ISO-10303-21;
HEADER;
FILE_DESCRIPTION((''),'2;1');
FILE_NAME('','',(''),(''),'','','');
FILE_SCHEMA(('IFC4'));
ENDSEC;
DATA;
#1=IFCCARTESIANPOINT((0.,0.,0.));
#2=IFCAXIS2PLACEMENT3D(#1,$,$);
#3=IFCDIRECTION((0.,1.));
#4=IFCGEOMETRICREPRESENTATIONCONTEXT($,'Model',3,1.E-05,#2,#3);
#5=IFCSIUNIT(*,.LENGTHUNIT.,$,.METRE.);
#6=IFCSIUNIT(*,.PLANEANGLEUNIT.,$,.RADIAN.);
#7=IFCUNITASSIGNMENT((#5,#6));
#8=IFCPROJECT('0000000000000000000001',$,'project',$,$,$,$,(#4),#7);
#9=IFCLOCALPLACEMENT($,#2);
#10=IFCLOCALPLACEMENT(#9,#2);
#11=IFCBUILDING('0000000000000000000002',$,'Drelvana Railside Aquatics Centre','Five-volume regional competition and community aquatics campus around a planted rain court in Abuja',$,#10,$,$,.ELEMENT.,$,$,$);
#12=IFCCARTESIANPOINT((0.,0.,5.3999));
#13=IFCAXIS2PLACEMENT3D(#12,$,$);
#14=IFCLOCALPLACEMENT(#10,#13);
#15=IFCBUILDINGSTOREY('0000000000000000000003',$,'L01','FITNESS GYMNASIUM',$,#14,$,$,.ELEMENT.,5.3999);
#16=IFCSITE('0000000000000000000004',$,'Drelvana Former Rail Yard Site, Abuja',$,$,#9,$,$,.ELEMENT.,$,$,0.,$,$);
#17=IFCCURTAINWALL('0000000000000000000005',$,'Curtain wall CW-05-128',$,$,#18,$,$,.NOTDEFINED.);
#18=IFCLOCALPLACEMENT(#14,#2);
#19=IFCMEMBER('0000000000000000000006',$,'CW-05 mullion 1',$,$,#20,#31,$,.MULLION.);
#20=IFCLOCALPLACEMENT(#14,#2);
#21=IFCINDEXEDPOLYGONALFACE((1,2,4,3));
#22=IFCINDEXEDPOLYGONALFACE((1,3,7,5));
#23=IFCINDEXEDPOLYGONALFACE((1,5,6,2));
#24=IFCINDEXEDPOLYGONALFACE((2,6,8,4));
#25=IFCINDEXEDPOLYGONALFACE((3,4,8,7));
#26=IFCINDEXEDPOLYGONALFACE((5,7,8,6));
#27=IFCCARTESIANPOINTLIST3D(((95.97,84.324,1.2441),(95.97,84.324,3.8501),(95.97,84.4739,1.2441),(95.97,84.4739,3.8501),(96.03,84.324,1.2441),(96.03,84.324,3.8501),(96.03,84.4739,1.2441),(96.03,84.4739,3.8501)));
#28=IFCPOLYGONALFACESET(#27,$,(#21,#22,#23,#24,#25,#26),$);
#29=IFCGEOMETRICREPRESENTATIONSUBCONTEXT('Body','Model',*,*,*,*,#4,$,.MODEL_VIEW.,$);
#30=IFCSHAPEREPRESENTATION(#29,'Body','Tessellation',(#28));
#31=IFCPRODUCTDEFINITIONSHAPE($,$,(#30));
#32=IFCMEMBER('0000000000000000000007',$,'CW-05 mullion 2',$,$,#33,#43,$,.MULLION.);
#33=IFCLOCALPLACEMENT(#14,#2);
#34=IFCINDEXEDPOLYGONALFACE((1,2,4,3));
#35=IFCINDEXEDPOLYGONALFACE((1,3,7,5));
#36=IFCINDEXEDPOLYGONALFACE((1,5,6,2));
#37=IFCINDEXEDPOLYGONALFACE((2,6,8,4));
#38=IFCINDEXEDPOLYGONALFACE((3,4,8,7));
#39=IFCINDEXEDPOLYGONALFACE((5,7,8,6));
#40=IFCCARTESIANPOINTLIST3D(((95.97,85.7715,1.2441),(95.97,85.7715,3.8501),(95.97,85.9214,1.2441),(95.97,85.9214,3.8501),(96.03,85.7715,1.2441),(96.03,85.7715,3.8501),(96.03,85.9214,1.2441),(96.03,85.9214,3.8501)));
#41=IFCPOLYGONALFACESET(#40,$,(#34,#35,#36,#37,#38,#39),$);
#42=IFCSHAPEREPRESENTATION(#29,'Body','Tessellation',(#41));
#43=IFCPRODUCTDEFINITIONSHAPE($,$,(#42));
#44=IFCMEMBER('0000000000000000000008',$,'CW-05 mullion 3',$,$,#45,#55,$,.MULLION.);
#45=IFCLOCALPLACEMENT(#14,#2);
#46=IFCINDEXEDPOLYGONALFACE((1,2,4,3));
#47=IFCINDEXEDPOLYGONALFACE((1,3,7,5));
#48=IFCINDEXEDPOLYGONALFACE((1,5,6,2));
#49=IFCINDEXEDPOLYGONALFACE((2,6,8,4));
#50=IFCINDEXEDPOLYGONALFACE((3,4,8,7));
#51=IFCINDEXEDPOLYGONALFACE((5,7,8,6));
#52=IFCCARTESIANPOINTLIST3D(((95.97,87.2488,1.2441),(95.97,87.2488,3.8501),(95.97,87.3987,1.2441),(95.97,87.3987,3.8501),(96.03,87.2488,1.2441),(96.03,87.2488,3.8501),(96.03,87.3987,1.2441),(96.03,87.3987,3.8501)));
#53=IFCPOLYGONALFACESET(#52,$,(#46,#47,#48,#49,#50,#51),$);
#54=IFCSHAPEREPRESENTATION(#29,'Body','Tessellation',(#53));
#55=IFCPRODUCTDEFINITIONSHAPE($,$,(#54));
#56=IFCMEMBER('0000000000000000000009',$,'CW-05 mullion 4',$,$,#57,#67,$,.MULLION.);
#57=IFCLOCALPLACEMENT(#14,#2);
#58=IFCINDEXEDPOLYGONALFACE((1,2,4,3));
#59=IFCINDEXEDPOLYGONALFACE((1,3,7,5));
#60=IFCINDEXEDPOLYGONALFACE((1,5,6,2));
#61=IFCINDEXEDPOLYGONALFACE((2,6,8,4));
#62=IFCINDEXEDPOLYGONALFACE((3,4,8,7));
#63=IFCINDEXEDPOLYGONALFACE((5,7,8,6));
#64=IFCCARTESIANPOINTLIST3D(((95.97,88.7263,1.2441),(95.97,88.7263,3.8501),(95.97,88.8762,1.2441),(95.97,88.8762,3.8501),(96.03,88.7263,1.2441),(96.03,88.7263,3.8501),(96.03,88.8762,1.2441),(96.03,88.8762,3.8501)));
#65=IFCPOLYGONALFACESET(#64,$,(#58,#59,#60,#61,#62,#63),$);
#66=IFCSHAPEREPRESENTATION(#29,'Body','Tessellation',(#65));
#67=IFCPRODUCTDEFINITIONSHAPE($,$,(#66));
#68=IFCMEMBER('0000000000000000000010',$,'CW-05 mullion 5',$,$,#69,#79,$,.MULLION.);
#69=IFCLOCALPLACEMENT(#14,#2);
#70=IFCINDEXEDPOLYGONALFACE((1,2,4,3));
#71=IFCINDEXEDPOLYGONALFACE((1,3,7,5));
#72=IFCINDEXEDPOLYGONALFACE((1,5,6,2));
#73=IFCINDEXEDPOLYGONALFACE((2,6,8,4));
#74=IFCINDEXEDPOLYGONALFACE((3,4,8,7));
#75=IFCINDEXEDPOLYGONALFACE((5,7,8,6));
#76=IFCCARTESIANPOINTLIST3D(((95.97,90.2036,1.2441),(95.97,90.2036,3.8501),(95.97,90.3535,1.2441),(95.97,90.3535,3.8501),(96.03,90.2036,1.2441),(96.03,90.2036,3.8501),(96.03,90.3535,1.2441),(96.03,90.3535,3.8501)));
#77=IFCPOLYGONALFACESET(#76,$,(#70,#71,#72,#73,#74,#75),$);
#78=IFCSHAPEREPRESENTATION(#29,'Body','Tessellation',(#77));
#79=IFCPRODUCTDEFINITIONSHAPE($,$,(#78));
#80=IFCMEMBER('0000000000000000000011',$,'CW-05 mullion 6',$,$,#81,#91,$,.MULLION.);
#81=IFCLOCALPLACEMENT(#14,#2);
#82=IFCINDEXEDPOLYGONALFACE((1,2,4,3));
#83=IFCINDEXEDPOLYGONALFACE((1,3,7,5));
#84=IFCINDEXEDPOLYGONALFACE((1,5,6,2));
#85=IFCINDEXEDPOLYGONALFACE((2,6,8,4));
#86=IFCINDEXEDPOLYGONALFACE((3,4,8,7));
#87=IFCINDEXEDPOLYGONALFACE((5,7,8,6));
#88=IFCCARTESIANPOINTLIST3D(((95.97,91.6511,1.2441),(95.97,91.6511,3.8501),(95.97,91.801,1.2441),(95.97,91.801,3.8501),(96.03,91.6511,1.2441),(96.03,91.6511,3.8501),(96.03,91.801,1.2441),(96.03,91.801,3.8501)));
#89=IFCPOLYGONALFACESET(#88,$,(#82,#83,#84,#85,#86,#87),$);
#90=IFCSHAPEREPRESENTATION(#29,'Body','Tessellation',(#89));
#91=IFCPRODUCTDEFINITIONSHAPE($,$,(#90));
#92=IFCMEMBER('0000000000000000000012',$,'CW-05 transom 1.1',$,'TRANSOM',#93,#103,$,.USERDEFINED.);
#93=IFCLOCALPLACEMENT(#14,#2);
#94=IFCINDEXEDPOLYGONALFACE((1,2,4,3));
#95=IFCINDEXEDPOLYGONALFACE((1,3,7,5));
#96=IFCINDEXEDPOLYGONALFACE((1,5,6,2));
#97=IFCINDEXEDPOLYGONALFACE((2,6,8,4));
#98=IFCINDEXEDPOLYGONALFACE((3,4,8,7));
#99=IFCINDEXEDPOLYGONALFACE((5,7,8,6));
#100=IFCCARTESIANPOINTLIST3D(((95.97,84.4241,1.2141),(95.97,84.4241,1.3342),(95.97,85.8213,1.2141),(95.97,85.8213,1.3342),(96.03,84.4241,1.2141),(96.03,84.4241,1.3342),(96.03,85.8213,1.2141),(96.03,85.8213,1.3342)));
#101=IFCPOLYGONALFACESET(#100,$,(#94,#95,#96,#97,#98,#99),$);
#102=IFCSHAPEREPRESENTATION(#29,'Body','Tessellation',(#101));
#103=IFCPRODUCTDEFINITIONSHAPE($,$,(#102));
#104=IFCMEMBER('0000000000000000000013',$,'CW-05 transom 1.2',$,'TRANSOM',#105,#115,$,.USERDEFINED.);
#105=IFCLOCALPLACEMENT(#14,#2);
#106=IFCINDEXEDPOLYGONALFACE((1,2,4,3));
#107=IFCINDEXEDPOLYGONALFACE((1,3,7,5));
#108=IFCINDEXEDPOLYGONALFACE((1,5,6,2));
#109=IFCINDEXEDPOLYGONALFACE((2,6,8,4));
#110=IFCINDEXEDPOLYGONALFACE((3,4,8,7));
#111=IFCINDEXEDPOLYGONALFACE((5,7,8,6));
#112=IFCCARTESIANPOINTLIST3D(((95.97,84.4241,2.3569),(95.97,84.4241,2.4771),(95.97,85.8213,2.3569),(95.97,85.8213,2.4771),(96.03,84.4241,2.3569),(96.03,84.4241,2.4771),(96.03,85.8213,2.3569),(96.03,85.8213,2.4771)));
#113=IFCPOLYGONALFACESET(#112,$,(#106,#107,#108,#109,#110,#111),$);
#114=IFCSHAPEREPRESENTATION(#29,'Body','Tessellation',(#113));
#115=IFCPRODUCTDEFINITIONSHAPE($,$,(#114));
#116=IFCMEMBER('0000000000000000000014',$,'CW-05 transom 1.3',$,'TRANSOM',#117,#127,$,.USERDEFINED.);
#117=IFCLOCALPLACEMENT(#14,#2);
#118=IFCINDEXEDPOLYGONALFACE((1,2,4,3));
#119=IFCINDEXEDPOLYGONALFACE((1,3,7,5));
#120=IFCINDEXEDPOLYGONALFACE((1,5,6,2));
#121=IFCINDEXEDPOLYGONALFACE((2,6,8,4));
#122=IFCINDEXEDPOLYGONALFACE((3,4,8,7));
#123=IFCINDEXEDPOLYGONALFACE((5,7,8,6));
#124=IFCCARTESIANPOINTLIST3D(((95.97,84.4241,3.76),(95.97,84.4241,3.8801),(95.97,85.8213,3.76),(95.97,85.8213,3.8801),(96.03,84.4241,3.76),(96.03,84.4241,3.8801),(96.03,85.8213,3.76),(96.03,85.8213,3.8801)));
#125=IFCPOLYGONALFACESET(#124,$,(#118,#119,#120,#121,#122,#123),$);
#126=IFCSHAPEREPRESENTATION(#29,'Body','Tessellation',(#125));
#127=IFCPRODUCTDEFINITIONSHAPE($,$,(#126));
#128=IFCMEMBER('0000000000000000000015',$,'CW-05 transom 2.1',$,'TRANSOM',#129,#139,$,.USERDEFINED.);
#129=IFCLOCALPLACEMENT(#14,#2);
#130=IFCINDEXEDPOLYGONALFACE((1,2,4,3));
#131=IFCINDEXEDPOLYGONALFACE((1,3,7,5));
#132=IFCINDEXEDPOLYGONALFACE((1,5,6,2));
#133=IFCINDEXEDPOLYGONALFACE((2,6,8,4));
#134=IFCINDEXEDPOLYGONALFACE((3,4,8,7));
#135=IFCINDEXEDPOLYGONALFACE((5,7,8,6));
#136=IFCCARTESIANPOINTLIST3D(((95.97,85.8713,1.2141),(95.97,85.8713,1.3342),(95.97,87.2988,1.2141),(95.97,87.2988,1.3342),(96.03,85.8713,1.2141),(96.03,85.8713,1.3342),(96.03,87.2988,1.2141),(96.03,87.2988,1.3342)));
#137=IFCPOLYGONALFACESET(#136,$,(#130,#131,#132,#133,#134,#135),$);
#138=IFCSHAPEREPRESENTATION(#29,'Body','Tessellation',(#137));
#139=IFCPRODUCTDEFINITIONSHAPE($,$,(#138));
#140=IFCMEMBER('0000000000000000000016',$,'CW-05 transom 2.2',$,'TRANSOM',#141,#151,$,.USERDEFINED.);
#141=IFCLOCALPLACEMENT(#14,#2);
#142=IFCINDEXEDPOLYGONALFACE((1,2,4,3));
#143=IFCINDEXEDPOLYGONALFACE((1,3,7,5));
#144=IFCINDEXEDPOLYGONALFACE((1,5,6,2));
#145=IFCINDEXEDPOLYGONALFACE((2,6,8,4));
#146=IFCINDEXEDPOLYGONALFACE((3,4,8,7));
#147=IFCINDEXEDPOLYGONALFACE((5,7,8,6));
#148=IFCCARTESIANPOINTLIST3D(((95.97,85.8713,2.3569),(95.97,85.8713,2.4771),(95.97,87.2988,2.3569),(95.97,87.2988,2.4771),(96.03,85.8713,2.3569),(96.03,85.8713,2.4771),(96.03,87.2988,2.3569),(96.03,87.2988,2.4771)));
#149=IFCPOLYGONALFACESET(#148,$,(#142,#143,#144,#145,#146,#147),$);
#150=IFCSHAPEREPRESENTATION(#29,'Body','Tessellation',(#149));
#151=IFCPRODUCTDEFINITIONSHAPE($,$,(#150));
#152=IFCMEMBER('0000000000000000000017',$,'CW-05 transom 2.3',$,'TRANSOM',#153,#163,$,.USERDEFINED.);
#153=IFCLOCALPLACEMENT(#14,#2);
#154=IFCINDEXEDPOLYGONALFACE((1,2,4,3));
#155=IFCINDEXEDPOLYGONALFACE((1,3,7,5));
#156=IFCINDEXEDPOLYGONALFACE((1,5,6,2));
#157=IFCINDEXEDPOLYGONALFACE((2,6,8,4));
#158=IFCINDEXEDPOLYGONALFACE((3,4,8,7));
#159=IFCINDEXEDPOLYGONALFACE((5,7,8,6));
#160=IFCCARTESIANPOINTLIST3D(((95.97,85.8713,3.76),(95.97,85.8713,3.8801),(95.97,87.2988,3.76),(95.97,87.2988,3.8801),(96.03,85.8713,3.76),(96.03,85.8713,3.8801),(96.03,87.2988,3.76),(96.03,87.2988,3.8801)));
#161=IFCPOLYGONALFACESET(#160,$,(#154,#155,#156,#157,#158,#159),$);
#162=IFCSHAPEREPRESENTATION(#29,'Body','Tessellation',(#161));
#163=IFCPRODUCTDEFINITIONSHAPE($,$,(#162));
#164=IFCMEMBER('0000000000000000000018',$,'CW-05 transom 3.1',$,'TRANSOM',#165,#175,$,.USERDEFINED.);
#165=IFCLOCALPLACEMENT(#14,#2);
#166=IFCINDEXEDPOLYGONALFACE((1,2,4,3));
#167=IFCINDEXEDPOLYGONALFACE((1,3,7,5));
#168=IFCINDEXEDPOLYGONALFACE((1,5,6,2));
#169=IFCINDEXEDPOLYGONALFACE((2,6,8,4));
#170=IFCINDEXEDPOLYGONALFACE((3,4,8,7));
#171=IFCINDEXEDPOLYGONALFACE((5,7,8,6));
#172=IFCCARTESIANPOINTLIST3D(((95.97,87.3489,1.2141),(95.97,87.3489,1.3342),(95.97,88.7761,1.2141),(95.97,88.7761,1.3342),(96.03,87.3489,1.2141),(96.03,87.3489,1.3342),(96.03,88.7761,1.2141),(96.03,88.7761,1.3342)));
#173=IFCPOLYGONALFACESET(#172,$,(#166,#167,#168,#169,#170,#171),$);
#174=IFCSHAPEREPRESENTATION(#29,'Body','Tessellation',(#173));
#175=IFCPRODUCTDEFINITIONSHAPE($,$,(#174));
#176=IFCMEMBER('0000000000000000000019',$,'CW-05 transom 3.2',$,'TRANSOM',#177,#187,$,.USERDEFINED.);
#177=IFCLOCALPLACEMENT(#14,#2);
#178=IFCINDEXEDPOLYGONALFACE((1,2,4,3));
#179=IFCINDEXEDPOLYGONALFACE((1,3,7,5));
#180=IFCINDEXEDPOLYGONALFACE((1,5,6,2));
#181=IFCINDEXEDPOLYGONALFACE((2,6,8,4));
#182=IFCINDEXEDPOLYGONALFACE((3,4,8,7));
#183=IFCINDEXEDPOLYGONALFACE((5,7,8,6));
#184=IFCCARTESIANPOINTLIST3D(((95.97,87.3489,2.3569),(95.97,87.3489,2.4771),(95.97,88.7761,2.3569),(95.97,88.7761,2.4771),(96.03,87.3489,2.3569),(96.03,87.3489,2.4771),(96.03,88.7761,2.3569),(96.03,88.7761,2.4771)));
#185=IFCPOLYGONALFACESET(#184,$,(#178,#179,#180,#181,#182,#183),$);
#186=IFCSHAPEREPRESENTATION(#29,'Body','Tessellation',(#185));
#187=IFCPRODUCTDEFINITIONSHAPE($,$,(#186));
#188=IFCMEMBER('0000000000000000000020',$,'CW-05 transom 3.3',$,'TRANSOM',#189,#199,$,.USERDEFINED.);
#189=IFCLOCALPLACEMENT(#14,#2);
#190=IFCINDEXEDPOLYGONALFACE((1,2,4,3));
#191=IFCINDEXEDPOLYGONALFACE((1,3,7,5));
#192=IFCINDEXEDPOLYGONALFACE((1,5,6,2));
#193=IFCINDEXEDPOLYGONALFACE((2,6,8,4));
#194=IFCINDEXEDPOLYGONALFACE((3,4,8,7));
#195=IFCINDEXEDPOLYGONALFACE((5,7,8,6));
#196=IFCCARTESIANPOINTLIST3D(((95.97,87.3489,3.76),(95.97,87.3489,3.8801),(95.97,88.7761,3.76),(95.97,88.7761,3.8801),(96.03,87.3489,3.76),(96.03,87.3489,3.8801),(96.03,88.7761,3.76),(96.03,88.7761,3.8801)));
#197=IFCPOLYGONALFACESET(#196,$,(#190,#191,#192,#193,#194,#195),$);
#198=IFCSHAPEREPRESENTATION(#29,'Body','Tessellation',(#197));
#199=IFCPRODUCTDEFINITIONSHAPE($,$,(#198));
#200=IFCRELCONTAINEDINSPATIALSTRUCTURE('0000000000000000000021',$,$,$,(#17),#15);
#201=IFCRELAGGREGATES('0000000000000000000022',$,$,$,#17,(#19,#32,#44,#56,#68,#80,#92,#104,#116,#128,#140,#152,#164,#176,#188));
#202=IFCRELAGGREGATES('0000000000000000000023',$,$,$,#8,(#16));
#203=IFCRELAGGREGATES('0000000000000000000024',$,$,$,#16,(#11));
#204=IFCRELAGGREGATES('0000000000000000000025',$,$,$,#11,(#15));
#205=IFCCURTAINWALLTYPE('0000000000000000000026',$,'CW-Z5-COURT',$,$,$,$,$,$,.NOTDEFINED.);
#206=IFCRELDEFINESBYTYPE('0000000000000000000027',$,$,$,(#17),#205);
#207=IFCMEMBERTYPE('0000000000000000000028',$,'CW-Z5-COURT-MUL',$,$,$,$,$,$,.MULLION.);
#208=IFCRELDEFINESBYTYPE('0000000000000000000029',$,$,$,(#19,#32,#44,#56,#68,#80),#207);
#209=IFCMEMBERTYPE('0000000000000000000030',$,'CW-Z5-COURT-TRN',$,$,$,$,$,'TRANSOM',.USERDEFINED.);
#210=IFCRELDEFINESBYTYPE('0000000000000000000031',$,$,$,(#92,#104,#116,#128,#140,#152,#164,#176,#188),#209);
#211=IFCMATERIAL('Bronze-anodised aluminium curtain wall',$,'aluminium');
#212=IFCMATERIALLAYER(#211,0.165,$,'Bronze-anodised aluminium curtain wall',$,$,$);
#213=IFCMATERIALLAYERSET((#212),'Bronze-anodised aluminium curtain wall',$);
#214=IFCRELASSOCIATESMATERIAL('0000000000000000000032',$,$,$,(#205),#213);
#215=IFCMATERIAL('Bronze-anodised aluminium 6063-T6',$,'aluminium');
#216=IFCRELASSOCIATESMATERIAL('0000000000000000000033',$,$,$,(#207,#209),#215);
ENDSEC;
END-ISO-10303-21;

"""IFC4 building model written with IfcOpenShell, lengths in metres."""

from ifc_helpers import new_model, si_unit, direction, frame, origin, origin_2d, place, context, subcontext, project, spatial, rectangle, extrude, material, layer, layer_set, material_profile, profile_set, type_object, element, aggregate, save


model = new_model("IFC4")

# Units and contexts
model_context = context("Model", 3, precision=1e-05, world=origin(), true_north=direction((0.0, 1.0)))
body_context = subcontext(model_context, "Body", "Model", "MODEL_VIEW")
ifc_project = project(units=[si_unit("LENGTHUNIT", "METRE"), si_unit("PLANEANGLEUNIT", "RADIAN")], contexts=[model_context])

# Site, building, storey
site_placement = place(None, origin())
site = spatial("IfcSite", under=ifc_project, at=site_placement, Name="Drelvana Former Rail Yard Site, Abuja", CompositionType="ELEMENT", RefElevation=0.0)
building_placement = place(site_placement, origin())
building = spatial("IfcBuilding", under=site, at=building_placement, Name="Drelvana Railside Aquatics Centre", Description="Five-volume regional competition and community aquatics campus around a planted rain court in Abuja", CompositionType="ELEMENT")
storey_placement = place(building_placement, frame((0.0, 0.0, 5.3999)))
storey = spatial("IfcBuildingStorey", under=building, at=storey_placement, Name="L01", Description="FITNESS GYMNASIUM", CompositionType="ELEMENT", Elevation=5.3999)

# Curtain wall, members
ifc_material_1 = material(Name="Bronze-anodised aluminium curtain wall", Category="aluminium")
ifc_layer_1 = layer(ifc_material_1, 0.165, Name="Bronze-anodised aluminium curtain wall")
ifc_layer_set_1 = layer_set([ifc_layer_1], Name="Bronze-anodised aluminium curtain wall")
curtain_wall_type = type_object("IfcCurtainWallType", Name="CW-Z5-COURT", PredefinedType="NOTDEFINED", material=ifc_layer_set_1)
curtain_wall_1_placement = place(storey_placement, origin())
curtain_wall_1 = element("IfcCurtainWall", 1, at=curtain_wall_1_placement, inside=storey, type_object=curtain_wall_type, Name="Curtain wall CW-05-128", PredefinedType="NOTDEFINED")
ifc_material_2 = material(Name="Bronze-anodised aluminium 6063-T6", Category="aluminium")
ifc_material_profile_1 = material_profile(ifc_material_2, rectangle(XDim=0.0601, YDim=0.1499, at=origin_2d()), Name="ALU-M 60x150")
ifc_profile_set_1 = profile_set([ifc_material_profile_1], Name="Bronze-anodised aluminium 6063-T6")
member_type_1 = type_object("IfcMemberType", Name="CW-Z5-COURT-MUL", PredefinedType="MULLION", material=ifc_profile_set_1)
member_1_placement = place(storey_placement, frame((96.0, 84.3989, 1.2441), z_axis=(0.0, 0.0, 1.0), x_axis=(-1.0, 0.0, 0.0)))
member_1 = element("IfcMember", 2, at=member_1_placement, type_object=member_type_1, Name="CW-05 mullion 1", PredefinedType="MULLION", context=body_context, shape_type="SweptSolid", body=[
    extrude(rectangle(XDim=0.0601, YDim=0.1499, at=origin_2d()), origin(), (0.0, 0.0, 1.0), 2.606),
])
member_2_placement = place(storey_placement, frame((96.0, 85.8464, 1.2441), z_axis=(0.0, 0.0, 1.0), x_axis=(-1.0, 0.0, 0.0)))
member_2 = element("IfcMember", 3, at=member_2_placement, type_object=member_type_1, Name="CW-05 mullion 2", PredefinedType="MULLION", context=body_context, shape_type="SweptSolid", body=[
    extrude(rectangle(XDim=0.0601, YDim=0.1499, at=origin_2d()), origin(), (0.0, 0.0, 1.0), 2.606),
])
member_3_placement = place(storey_placement, frame((96.0, 87.3237, 1.2441), z_axis=(0.0, 0.0, 1.0), x_axis=(-1.0, 0.0, 0.0)))
member_3 = element("IfcMember", 4, at=member_3_placement, type_object=member_type_1, Name="CW-05 mullion 3", PredefinedType="MULLION", context=body_context, shape_type="SweptSolid", body=[
    extrude(rectangle(XDim=0.0601, YDim=0.1499, at=origin_2d()), origin(), (0.0, 0.0, 1.0), 2.606),
])
member_4_placement = place(storey_placement, frame((96.0, 88.8013, 1.2441), z_axis=(0.0, 0.0, 1.0), x_axis=(-1.0, 0.0, 0.0)))
member_4 = element("IfcMember", 5, at=member_4_placement, type_object=member_type_1, Name="CW-05 mullion 4", PredefinedType="MULLION", context=body_context, shape_type="SweptSolid", body=[
    extrude(rectangle(XDim=0.0601, YDim=0.1499, at=origin_2d()), origin(), (0.0, 0.0, 1.0), 2.606),
])
member_5_placement = place(storey_placement, frame((96.0, 90.2786, 1.2441), z_axis=(0.0, 0.0, 1.0), x_axis=(-1.0, 0.0, 0.0)))
member_5 = element("IfcMember", 6, at=member_5_placement, type_object=member_type_1, Name="CW-05 mullion 5", PredefinedType="MULLION", context=body_context, shape_type="SweptSolid", body=[
    extrude(rectangle(XDim=0.0601, YDim=0.1499, at=origin_2d()), origin(), (0.0, 0.0, 1.0), 2.606),
])
member_6_placement = place(storey_placement, frame((96.0, 91.7261, 1.2441), z_axis=(0.0, 0.0, 1.0), x_axis=(-1.0, 0.0, 0.0)))
member_6 = element("IfcMember", 7, at=member_6_placement, type_object=member_type_1, Name="CW-05 mullion 6", PredefinedType="MULLION", context=body_context, shape_type="SweptSolid", body=[
    extrude(rectangle(XDim=0.0601, YDim=0.1499, at=origin_2d()), origin(), (0.0, 0.0, 1.0), 2.606),
])
ifc_material_profile_2 = material_profile(ifc_material_2, rectangle(XDim=0.1201, YDim=0.0601, at=origin_2d()), Name="ALU-T 60x120")
ifc_profile_set_2 = profile_set([ifc_material_profile_2], Name="Bronze-anodised aluminium 6063-T6")
member_type_2 = type_object("IfcMemberType", Name="CW-Z5-COURT-TRN", ElementType="TRANSOM", PredefinedType="USERDEFINED", material=ifc_profile_set_2)
member_7_placement = place(storey_placement, frame((96.0, 84.4241, 1.2742), z_axis=(0.0, 1.0, 0.0), x_axis=(0.0, 0.0, 1.0)))
member_7 = element("IfcMember", 8, at=member_7_placement, type_object=member_type_2, Name="CW-05 transom 1.1", ObjectType="TRANSOM", PredefinedType="USERDEFINED", context=body_context, shape_type="SweptSolid", body=[
    extrude(rectangle(XDim=0.1201, YDim=0.0601, at=origin_2d()), origin(), (0.0, 0.0, 1.0), 1.3972),
])
member_8_placement = place(storey_placement, frame((96.0, 84.4241, 2.417), z_axis=(0.0, 1.0, 0.0), x_axis=(0.0, 0.0, 1.0)))
member_8 = element("IfcMember", 9, at=member_8_placement, type_object=member_type_2, Name="CW-05 transom 1.2", ObjectType="TRANSOM", PredefinedType="USERDEFINED", context=body_context, shape_type="SweptSolid", body=[
    extrude(rectangle(XDim=0.1201, YDim=0.0601, at=origin_2d()), origin(), (0.0, 0.0, 1.0), 1.3972),
])
member_9_placement = place(storey_placement, frame((96.0, 84.4241, 3.8201), z_axis=(0.0, 1.0, 0.0), x_axis=(0.0, 0.0, 1.0)))
member_9 = element("IfcMember", 10, at=member_9_placement, type_object=member_type_2, Name="CW-05 transom 1.3", ObjectType="TRANSOM", PredefinedType="USERDEFINED", context=body_context, shape_type="SweptSolid", body=[
    extrude(rectangle(XDim=0.1201, YDim=0.0601, at=origin_2d()), origin(), (0.0, 0.0, 1.0), 1.3972),
])
member_10_placement = place(storey_placement, frame((96.0, 85.8713, 1.2742), z_axis=(0.0, 1.0, 0.0), x_axis=(0.0, 0.0, 1.0)))
member_10 = element("IfcMember", 11, at=member_10_placement, type_object=member_type_2, Name="CW-05 transom 2.1", ObjectType="TRANSOM", PredefinedType="USERDEFINED", context=body_context, shape_type="SweptSolid", body=[
    extrude(rectangle(XDim=0.1201, YDim=0.0601, at=origin_2d()), origin(), (0.0, 0.0, 1.0), 1.4275),
])
member_11_placement = place(storey_placement, frame((96.0, 85.8713, 2.417), z_axis=(0.0, 1.0, 0.0), x_axis=(0.0, 0.0, 1.0)))
member_11 = element("IfcMember", 12, at=member_11_placement, type_object=member_type_2, Name="CW-05 transom 2.2", ObjectType="TRANSOM", PredefinedType="USERDEFINED", context=body_context, shape_type="SweptSolid", body=[
    extrude(rectangle(XDim=0.1201, YDim=0.0601, at=origin_2d()), origin(), (0.0, 0.0, 1.0), 1.4275),
])
member_12_placement = place(storey_placement, frame((96.0, 85.8713, 3.8201), z_axis=(0.0, 1.0, 0.0), x_axis=(0.0, 0.0, 1.0)))
member_12 = element("IfcMember", 13, at=member_12_placement, type_object=member_type_2, Name="CW-05 transom 2.3", ObjectType="TRANSOM", PredefinedType="USERDEFINED", context=body_context, shape_type="SweptSolid", body=[
    extrude(rectangle(XDim=0.1201, YDim=0.0601, at=origin_2d()), origin(), (0.0, 0.0, 1.0), 1.4275),
])
member_13_placement = place(storey_placement, frame((96.0, 87.3489, 1.2742), z_axis=(0.0, 1.0, 0.0), x_axis=(0.0, 0.0, 1.0)))
member_13 = element("IfcMember", 14, at=member_13_placement, type_object=member_type_2, Name="CW-05 transom 3.1", ObjectType="TRANSOM", PredefinedType="USERDEFINED", context=body_context, shape_type="SweptSolid", body=[
    extrude(rectangle(XDim=0.1201, YDim=0.0601, at=origin_2d()), origin(), (0.0, 0.0, 1.0), 1.4272),
])
member_14_placement = place(storey_placement, frame((96.0, 87.3489, 2.417), z_axis=(0.0, 1.0, 0.0), x_axis=(0.0, 0.0, 1.0)))
member_14 = element("IfcMember", 15, at=member_14_placement, type_object=member_type_2, Name="CW-05 transom 3.2", ObjectType="TRANSOM", PredefinedType="USERDEFINED", context=body_context, shape_type="SweptSolid", body=[
    extrude(rectangle(XDim=0.1201, YDim=0.0601, at=origin_2d()), origin(), (0.0, 0.0, 1.0), 1.4272),
])
member_15_placement = place(storey_placement, frame((96.0, 87.3489, 3.8201), z_axis=(0.0, 1.0, 0.0), x_axis=(0.0, 0.0, 1.0)))
member_15 = element("IfcMember", 16, at=member_15_placement, type_object=member_type_2, Name="CW-05 transom 3.3", ObjectType="TRANSOM", PredefinedType="USERDEFINED", context=body_context, shape_type="SweptSolid", body=[
    extrude(rectangle(XDim=0.1201, YDim=0.0601, at=origin_2d()), origin(), (0.0, 0.0, 1.0), 1.4272),
])

aggregate(curtain_wall_1, [member_1, member_2, member_3, member_4, member_5, member_6, member_7, member_8, member_9, member_10, member_11, member_12, member_13, member_14, member_15])

save(model, "model.ifc")
